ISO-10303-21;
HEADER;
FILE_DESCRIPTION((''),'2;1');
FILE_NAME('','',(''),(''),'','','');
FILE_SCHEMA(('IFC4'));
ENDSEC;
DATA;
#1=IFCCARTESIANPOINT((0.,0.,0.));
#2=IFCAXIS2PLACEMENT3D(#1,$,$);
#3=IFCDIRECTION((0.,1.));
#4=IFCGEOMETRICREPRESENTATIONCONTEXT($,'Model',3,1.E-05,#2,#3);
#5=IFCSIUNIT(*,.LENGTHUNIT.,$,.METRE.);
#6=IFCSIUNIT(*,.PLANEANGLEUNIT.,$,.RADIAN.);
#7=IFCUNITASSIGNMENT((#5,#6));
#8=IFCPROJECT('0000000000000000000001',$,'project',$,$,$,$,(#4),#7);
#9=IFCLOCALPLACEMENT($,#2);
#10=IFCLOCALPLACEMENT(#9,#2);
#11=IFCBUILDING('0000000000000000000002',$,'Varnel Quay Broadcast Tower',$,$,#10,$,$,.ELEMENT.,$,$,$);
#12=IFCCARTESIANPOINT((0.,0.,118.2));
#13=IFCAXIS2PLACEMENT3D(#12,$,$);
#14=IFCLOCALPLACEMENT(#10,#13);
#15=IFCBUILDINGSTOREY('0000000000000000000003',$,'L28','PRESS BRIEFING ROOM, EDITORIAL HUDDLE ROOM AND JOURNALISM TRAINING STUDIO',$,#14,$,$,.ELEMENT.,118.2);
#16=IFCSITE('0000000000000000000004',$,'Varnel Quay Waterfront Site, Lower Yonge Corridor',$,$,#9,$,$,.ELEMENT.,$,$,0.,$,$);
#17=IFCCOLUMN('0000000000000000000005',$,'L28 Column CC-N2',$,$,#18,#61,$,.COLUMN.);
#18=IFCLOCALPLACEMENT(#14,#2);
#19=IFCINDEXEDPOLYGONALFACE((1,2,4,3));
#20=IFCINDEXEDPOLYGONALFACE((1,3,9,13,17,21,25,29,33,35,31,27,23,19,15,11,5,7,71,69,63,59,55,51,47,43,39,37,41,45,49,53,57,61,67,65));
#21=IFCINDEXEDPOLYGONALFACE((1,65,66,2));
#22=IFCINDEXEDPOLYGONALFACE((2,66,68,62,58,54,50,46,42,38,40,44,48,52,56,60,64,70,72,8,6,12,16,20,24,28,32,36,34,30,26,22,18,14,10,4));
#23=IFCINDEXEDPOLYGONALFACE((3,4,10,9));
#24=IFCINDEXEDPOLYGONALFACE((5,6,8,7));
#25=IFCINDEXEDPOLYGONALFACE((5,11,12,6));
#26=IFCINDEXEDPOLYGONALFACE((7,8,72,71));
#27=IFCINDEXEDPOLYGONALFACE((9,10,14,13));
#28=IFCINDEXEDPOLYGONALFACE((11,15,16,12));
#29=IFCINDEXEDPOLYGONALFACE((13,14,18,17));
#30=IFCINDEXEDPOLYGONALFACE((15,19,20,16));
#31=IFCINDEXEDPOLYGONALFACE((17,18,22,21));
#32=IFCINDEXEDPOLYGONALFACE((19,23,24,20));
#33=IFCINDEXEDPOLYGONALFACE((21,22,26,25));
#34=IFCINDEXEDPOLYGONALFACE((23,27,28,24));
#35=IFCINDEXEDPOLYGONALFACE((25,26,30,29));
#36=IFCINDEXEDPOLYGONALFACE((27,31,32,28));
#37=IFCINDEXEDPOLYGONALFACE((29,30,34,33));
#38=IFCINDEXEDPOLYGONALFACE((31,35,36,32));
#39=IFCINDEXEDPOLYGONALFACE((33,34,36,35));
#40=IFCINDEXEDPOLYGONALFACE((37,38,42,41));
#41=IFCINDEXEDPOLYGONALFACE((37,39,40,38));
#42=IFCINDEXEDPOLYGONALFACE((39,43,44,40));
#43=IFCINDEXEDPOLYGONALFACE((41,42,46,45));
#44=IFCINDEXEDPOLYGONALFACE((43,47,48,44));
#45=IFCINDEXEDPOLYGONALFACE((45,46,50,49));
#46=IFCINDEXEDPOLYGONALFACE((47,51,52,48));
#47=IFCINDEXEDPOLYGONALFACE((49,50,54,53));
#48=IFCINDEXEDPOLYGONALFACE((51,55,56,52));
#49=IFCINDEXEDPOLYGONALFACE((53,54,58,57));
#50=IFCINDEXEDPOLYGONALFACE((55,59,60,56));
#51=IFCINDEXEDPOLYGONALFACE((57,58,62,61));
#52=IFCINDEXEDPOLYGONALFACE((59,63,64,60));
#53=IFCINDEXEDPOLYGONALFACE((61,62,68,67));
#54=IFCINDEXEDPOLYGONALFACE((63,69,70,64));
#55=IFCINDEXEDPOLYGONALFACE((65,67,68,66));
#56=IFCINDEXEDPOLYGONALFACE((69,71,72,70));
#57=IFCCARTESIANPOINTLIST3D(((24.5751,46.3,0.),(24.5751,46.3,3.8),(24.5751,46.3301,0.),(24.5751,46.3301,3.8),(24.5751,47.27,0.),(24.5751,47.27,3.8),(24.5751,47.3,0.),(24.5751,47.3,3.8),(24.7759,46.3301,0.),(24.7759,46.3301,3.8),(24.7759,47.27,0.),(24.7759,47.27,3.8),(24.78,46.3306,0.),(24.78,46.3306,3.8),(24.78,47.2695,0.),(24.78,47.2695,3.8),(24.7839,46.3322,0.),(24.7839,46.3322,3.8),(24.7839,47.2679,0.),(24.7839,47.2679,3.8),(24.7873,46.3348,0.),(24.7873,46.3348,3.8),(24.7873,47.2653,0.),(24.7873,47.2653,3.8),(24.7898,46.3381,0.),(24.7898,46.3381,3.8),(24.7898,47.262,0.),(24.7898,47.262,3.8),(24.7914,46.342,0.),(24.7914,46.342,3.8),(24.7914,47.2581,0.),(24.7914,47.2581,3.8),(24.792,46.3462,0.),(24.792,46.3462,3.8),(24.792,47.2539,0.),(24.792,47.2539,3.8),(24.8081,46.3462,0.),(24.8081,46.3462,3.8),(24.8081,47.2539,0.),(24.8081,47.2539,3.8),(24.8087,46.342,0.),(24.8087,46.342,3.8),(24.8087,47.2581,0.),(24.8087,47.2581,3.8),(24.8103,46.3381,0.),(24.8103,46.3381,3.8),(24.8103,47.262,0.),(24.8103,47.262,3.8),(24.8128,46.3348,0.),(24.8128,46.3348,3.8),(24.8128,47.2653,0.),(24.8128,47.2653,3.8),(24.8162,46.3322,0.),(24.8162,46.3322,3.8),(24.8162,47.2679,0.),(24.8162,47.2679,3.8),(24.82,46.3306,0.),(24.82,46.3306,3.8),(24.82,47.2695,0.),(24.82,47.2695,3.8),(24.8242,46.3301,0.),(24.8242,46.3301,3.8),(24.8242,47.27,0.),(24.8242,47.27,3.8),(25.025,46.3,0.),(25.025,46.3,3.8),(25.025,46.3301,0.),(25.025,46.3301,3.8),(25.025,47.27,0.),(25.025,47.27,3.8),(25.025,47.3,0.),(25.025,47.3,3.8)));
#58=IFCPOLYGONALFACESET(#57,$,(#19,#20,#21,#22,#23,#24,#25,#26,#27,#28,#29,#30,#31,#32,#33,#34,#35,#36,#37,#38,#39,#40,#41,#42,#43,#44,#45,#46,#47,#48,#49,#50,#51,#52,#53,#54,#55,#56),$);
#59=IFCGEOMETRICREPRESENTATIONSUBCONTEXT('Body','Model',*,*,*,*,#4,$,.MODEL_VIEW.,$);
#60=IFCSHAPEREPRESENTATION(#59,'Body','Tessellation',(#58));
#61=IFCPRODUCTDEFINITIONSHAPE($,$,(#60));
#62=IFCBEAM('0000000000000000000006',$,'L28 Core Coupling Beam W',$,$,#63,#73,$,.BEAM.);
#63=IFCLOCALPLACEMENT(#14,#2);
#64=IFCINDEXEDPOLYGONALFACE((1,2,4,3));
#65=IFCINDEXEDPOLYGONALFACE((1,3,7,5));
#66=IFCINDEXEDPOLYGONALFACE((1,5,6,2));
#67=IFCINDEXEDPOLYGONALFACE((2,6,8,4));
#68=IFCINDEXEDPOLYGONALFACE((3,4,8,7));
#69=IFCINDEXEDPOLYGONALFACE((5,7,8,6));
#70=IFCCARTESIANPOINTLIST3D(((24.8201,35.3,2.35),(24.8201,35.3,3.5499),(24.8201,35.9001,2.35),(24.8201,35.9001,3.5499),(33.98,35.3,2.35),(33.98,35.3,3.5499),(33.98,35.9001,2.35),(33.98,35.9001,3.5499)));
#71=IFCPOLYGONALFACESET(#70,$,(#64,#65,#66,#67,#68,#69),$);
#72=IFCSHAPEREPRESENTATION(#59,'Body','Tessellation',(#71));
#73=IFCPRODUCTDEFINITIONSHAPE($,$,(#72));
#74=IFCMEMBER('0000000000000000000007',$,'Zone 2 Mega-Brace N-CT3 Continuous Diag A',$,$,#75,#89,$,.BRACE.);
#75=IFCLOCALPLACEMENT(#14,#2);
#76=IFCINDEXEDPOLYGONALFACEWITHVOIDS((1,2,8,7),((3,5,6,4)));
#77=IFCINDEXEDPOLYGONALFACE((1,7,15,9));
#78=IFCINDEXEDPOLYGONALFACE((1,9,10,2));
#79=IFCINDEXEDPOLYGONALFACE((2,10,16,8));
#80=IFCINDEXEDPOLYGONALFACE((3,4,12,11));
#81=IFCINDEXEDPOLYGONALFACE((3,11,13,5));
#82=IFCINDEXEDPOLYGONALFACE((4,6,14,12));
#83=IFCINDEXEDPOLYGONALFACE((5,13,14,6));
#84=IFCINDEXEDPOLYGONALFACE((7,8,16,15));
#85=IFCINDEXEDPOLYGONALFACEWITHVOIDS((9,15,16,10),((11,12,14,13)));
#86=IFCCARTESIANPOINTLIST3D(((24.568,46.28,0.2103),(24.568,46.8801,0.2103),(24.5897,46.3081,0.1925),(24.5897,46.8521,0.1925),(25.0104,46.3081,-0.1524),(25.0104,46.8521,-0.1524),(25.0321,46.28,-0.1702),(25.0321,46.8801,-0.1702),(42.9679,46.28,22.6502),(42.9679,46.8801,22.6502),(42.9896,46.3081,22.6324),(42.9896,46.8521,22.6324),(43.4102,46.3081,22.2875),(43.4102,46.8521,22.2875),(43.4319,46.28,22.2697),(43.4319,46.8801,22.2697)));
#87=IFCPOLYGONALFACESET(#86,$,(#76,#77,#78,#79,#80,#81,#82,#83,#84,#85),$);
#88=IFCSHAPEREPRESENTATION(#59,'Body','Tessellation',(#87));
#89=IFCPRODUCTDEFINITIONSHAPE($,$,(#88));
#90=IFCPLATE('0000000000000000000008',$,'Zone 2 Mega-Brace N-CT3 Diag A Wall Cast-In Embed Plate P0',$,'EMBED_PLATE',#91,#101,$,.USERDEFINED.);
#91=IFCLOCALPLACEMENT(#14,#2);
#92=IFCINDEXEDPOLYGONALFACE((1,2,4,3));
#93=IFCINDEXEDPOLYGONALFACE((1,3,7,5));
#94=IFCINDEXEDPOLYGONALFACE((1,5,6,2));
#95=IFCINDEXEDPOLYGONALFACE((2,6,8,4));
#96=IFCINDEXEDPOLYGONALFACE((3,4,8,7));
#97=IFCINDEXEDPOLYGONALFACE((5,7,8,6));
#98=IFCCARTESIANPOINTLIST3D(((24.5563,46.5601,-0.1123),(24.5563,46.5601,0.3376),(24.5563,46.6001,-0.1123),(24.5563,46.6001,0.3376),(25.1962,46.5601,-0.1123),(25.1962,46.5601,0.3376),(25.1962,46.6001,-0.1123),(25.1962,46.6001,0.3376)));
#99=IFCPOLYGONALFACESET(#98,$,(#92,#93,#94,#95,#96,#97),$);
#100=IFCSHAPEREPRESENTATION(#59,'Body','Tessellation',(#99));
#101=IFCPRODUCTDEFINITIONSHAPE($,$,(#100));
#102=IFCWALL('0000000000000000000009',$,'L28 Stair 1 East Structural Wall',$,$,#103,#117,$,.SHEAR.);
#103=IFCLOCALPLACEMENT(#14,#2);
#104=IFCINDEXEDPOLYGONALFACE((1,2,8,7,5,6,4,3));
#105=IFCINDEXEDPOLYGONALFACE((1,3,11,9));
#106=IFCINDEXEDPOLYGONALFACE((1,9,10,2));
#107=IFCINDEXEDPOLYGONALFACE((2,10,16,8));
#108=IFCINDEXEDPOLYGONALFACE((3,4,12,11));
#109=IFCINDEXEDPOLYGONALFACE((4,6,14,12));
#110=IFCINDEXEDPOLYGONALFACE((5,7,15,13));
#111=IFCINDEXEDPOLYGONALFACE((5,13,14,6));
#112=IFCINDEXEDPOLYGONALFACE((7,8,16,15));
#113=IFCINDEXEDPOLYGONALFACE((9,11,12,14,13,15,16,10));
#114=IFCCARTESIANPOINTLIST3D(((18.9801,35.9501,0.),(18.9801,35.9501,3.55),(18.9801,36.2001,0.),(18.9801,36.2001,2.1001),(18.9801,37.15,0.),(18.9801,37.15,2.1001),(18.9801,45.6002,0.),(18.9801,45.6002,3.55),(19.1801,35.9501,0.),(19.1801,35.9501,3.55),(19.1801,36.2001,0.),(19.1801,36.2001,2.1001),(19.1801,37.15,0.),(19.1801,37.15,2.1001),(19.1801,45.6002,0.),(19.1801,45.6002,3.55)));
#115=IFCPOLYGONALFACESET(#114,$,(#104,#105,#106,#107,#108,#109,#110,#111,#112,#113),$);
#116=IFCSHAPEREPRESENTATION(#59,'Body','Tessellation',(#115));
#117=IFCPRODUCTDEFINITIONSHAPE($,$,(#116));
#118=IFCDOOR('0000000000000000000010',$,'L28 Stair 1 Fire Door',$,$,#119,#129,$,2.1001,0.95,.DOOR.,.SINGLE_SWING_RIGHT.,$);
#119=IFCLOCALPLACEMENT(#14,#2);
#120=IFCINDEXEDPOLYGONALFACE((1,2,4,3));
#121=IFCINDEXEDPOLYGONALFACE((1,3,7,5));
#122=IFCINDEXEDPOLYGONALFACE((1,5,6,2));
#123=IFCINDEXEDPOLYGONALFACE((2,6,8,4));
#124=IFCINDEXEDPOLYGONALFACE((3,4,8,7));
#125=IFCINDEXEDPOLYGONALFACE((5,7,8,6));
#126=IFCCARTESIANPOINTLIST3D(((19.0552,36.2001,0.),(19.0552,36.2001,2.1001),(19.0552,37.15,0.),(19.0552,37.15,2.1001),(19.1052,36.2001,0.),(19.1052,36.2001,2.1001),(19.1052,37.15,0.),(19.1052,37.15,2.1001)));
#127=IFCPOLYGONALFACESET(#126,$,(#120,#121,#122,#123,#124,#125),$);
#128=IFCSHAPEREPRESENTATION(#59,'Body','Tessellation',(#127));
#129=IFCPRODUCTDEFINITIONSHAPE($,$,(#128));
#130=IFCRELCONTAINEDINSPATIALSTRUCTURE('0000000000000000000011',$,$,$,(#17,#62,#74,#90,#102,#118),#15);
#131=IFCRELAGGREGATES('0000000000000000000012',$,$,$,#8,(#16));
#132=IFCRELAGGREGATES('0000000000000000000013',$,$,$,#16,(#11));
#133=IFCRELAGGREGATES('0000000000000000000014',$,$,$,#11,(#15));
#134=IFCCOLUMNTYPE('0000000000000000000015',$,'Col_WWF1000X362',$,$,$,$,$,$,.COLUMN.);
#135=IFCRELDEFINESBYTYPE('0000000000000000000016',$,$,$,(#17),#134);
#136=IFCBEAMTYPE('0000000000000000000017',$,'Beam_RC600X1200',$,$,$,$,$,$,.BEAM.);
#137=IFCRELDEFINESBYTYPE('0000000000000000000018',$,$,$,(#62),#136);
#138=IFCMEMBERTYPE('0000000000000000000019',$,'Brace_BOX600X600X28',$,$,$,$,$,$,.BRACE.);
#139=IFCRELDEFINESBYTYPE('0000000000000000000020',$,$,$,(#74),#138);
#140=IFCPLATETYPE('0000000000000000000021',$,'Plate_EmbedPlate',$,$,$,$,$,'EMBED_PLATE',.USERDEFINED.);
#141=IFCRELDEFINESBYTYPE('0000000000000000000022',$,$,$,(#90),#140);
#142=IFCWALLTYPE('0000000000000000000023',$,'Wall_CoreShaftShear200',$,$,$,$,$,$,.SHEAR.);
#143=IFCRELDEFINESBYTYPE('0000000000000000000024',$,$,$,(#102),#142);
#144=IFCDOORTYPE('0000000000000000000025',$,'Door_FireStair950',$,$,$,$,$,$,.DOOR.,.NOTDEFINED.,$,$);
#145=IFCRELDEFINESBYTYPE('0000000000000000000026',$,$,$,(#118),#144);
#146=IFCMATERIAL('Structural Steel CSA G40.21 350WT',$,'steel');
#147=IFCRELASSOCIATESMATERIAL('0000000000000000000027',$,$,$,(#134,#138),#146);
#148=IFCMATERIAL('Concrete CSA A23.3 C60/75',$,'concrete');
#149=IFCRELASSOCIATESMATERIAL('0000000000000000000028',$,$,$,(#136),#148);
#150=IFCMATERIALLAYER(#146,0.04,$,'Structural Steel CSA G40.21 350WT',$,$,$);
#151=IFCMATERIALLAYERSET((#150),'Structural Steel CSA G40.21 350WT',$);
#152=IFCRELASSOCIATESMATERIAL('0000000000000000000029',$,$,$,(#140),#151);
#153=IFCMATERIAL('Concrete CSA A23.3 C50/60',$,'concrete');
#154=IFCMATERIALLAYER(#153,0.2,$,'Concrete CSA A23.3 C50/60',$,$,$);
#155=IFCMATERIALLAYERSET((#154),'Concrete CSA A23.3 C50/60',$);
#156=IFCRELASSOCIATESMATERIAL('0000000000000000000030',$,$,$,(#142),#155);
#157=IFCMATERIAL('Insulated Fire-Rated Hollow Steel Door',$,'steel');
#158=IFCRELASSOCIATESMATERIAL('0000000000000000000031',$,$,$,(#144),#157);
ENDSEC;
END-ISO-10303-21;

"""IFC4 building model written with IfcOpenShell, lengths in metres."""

from ifc_helpers import new_model, si_unit, direction, frame, frame_2d, origin, origin_2d, place, context, subcontext, project, spatial, rectangle, hollow_rectangle, i_section, extrude, source, transform, mapped, material, layer, layer_set, material_profile, profile_set, type_object, type_shapes, element, fill, save


model = new_model("IFC4")

# Units and contexts
model_context = context("Model", 3, precision=1e-05, world=origin(), true_north=direction((0.0, 1.0)))
body_context = subcontext(model_context, "Body", "Model", "MODEL_VIEW")
ifc_project = project(units=[si_unit("LENGTHUNIT", "METRE"), si_unit("PLANEANGLEUNIT", "RADIAN")], contexts=[model_context])

# Site, building, storey
site_placement = place(None, origin())
site = spatial("IfcSite", under=ifc_project, at=site_placement, Name="Varnel Quay Waterfront Site, Lower Yonge Corridor", CompositionType="ELEMENT", RefElevation=0.0)
building_placement = place(site_placement, origin())
building = spatial("IfcBuilding", under=site, at=building_placement, Name="Varnel Quay Broadcast Tower", CompositionType="ELEMENT")
storey_placement = place(building_placement, frame((0.0, 0.0, 118.2)))
storey = spatial("IfcBuildingStorey", under=building, at=storey_placement, Name="L28", Description="PRESS BRIEFING ROOM, EDITORIAL HUDDLE ROOM AND JOURNALISM TRAINING STUDIO", CompositionType="ELEMENT", Elevation=118.2)

# Column
ifc_material_1 = material(Name="Structural Steel CSA G40.21 350WT", Category="steel")
ifc_material_profile_1 = material_profile(ifc_material_1, i_section(OverallWidth=0.45, OverallDepth=1.0, WebThickness=0.0161, FlangeThickness=0.03, FilletRadius=0.0161, at=origin_2d()), Name="WWF1000X362")
ifc_profile_set_1 = profile_set([ifc_material_profile_1], Name="Structural Steel CSA G40.21 350WT")
column_type = type_object("IfcColumnType", Name="Col_WWF1000X362", PredefinedType="COLUMN", material=ifc_profile_set_1)
shared_shape_1 = source(origin(), body_context, "Body", "SweptSolid", [
    extrude(i_section(OverallWidth=0.45, OverallDepth=1.0, WebThickness=0.0161, FlangeThickness=0.03, FilletRadius=0.0161, at=origin_2d()), origin(), (0.0, 0.0, 1.0), 3.8),
])
type_shapes(column_type, [shared_shape_1])
column_placement = place(storey_placement, frame((24.8, 46.8, 0.0), z_axis=(0.0, 0.0, 1.0), x_axis=(1.0, 0.0, 0.0)))
element("IfcColumn", 1, at=column_placement, inside=storey, type_object=column_type, Name="L28 Column CC-N2", PredefinedType="COLUMN", context=body_context, shape_type="MappedRepresentation", body=[
    mapped(shared_shape_1, transform((0.0, 0.0, 0.0), x_axis=(1.0, 0.0, 0.0), y_axis=(0.0, 1.0, 0.0), z_axis=(0.0, 0.0, 1.0), scale=1.0)),
])

# Beam
ifc_material_2 = material(Name="Concrete CSA A23.3 C60/75", Category="concrete")
ifc_material_profile_2 = material_profile(ifc_material_2, rectangle(XDim=0.6001, YDim=1.2, at=origin_2d()), Name="RC600X1200")
ifc_profile_set_2 = profile_set([ifc_material_profile_2], Name="Concrete CSA A23.3 C60/75")
beam_type = type_object("IfcBeamType", Name="Beam_RC600X1200", PredefinedType="BEAM", material=ifc_profile_set_2)
shared_shape_2 = source(origin(), body_context, "Body", "SweptSolid", [
    extrude(rectangle(XDim=0.6001, YDim=1.2, at=origin_2d()), origin(), (0.0, 0.0, 1.0), 9.1599),
])
type_shapes(beam_type, [shared_shape_2])
beam_placement = place(storey_placement, frame((24.8201, 35.6001, 2.95), z_axis=(1.0, 0.0, 0.0), x_axis=(0.0, 1.0, 0.0)))
element("IfcBeam", 2, at=beam_placement, inside=storey, type_object=beam_type, Name="L28 Core Coupling Beam W", PredefinedType="BEAM", context=body_context, shape_type="MappedRepresentation", body=[
    mapped(shared_shape_2, transform((0.0, 0.0, 0.0), x_axis=(1.0, 0.0, 0.0), y_axis=(0.0, 1.0, 0.0), z_axis=(0.0, 0.0, 1.0), scale=1.0)),
])

# Member
ifc_material_profile_3 = material_profile(ifc_material_1, hollow_rectangle(XDim=0.6001, YDim=0.6001, WallThickness=0.0281, at=origin_2d()), Name="BOX600X600X28")
ifc_profile_set_3 = profile_set([ifc_material_profile_3], Name="Structural Steel CSA G40.21 350WT")
member_type = type_object("IfcMemberType", Name="Brace_BOX600X600X28", PredefinedType="BRACE", material=ifc_profile_set_3)
shared_shape_3 = source(origin(), body_context, "Body", "SweptSolid", [
    extrude(hollow_rectangle(XDim=0.6001, YDim=0.6001, WallThickness=0.0281, at=origin_2d()), origin(), (0.0, 0.0, 1.0), 29.019),
])
type_shapes(member_type, [shared_shape_3])
member_placement = place(storey_placement, frame((24.8, 46.5801, 0.02), z_axis=(0.634062, 0.0, 0.773282), x_axis=(0.0, 1.0, 0.0)))
element("IfcMember", 3, at=member_placement, inside=storey, type_object=member_type, Name="Zone 2 Mega-Brace N-CT3 Continuous Diag A", PredefinedType="BRACE", context=body_context, shape_type="MappedRepresentation", body=[
    mapped(shared_shape_3, transform((0.0, 0.0, 0.0), x_axis=(1.0, 0.0, 0.0), y_axis=(0.0, 1.0, 0.0), z_axis=(0.0, 0.0, 1.0), scale=1.0)),
])

# Plate
ifc_layer_1 = layer(ifc_material_1, 0.04, Name="Structural Steel CSA G40.21 350WT")
ifc_layer_set_1 = layer_set([ifc_layer_1], Name="Structural Steel CSA G40.21 350WT")
plate_type = type_object("IfcPlateType", Name="Plate_EmbedPlate", ElementType="EMBED_PLATE", PredefinedType="USERDEFINED", material=ifc_layer_set_1)
shared_shape_4 = source(origin(), body_context, "Body", "SweptSolid", [
    extrude(rectangle(XDim=0.6399, YDim=0.04, at=origin_2d()), origin(), (0.0, 0.0, 1.0), 0.45),
])
type_shapes(plate_type, [shared_shape_4])
plate_placement = place(storey_placement, frame((24.8762, 46.5801, -0.1123), z_axis=(0.0, 0.0, 1.0), x_axis=(1.0, 0.0, 0.0)))
element("IfcPlate", 4, at=plate_placement, inside=storey, type_object=plate_type, Name="Zone 2 Mega-Brace N-CT3 Diag A Wall Cast-In Embed Plate P0", ObjectType="EMBED_PLATE", PredefinedType="USERDEFINED", context=body_context, shape_type="MappedRepresentation", body=[
    mapped(shared_shape_4, transform((0.0, 0.0, 0.0), x_axis=(1.0, 0.0, 0.0), y_axis=(0.0, 1.0, 0.0), z_axis=(0.0, 0.0, 1.0), scale=1.0)),
])

# Wall, opening, door
ifc_material_3 = material(Name="Concrete CSA A23.3 C50/60", Category="concrete")
ifc_layer_2 = layer(ifc_material_3, 0.2, Name="Concrete CSA A23.3 C50/60")
ifc_layer_set_2 = layer_set([ifc_layer_2], Name="Concrete CSA A23.3 C50/60")
wall_type_1 = type_object("IfcWallType", Name="Wall_CoreShaftShear200", PredefinedType="SHEAR", material=ifc_layer_set_2)
wall_1_placement = place(storey_placement, frame((19.0801, 35.95, 0.0), z_axis=(0.0, 0.0, 1.0), x_axis=(0.0, 1.0, 0.0)))
wall_1 = element("IfcWall", 5, at=wall_1_placement, inside=storey, type_object=wall_type_1, Name="L28 Stair 1 East Structural Wall", PredefinedType="SHEAR", context=body_context, shape_type="SweptSolid", body=[
    extrude(rectangle(XDim=9.6501, YDim=0.2, at=frame_2d((4.8252, 0.0))), origin(), (0.0, 0.0, 1.0), 3.55),
])
opening_1_placement = place(wall_1_placement, frame((0.25, 0.0, 0.0)))
opening_1 = element("IfcOpeningElement", 6, at=opening_1_placement, cuts=wall_1, PredefinedType="OPENING", context=body_context, shape_type="SweptSolid", body=[
    extrude(rectangle(XDim=0.95, YDim=2.1001, at=frame_2d((0.4751, 1.05))), frame((0.0, 0.1099, 0.0), z_axis=(0.0, -1.0, 0.0), x_axis=(1.0, 0.0, 0.0)), (0.0, 0.0, 1.0), 0.22),
])
ifc_material_4 = material(Name="Insulated Fire-Rated Hollow Steel Door", Category="steel")
door_type_1 = type_object("IfcDoorType", Name="Door_FireStair950", OperationType="NOTDEFINED", PredefinedType="DOOR", material=ifc_material_4)
shared_shape_5 = source(origin(), body_context, "Body", "SweptSolid", [
    extrude(rectangle(XDim=0.95, YDim=2.1001, at=frame_2d((0.4751, 1.05))), frame((0.0, 0.0249, 0.0), z_axis=(0.0, -1.0, 0.0), x_axis=(1.0, 0.0, 0.0)), (0.0, 0.0, 1.0), 0.05),
])
type_shapes(door_type_1, [shared_shape_5])
door_1_placement = place(opening_1_placement, origin())
door_1 = element("IfcDoor", 7, at=door_1_placement, inside=storey, type_object=door_type_1, Name="L28 Stair 1 Fire Door", OperationType="SINGLE_SWING_RIGHT", OverallHeight=2.1001, OverallWidth=0.95, PredefinedType="DOOR", context=body_context, shape_type="MappedRepresentation", body=[
    mapped(shared_shape_5, transform((0.0, 0.0, 0.0), x_axis=(1.0, 0.0, 0.0), y_axis=(0.0, 1.0, 0.0), z_axis=(0.0, 0.0, 1.0), scale=1.0)),
])
fill(opening_1, door_1)

save(model, "model.ifc")
